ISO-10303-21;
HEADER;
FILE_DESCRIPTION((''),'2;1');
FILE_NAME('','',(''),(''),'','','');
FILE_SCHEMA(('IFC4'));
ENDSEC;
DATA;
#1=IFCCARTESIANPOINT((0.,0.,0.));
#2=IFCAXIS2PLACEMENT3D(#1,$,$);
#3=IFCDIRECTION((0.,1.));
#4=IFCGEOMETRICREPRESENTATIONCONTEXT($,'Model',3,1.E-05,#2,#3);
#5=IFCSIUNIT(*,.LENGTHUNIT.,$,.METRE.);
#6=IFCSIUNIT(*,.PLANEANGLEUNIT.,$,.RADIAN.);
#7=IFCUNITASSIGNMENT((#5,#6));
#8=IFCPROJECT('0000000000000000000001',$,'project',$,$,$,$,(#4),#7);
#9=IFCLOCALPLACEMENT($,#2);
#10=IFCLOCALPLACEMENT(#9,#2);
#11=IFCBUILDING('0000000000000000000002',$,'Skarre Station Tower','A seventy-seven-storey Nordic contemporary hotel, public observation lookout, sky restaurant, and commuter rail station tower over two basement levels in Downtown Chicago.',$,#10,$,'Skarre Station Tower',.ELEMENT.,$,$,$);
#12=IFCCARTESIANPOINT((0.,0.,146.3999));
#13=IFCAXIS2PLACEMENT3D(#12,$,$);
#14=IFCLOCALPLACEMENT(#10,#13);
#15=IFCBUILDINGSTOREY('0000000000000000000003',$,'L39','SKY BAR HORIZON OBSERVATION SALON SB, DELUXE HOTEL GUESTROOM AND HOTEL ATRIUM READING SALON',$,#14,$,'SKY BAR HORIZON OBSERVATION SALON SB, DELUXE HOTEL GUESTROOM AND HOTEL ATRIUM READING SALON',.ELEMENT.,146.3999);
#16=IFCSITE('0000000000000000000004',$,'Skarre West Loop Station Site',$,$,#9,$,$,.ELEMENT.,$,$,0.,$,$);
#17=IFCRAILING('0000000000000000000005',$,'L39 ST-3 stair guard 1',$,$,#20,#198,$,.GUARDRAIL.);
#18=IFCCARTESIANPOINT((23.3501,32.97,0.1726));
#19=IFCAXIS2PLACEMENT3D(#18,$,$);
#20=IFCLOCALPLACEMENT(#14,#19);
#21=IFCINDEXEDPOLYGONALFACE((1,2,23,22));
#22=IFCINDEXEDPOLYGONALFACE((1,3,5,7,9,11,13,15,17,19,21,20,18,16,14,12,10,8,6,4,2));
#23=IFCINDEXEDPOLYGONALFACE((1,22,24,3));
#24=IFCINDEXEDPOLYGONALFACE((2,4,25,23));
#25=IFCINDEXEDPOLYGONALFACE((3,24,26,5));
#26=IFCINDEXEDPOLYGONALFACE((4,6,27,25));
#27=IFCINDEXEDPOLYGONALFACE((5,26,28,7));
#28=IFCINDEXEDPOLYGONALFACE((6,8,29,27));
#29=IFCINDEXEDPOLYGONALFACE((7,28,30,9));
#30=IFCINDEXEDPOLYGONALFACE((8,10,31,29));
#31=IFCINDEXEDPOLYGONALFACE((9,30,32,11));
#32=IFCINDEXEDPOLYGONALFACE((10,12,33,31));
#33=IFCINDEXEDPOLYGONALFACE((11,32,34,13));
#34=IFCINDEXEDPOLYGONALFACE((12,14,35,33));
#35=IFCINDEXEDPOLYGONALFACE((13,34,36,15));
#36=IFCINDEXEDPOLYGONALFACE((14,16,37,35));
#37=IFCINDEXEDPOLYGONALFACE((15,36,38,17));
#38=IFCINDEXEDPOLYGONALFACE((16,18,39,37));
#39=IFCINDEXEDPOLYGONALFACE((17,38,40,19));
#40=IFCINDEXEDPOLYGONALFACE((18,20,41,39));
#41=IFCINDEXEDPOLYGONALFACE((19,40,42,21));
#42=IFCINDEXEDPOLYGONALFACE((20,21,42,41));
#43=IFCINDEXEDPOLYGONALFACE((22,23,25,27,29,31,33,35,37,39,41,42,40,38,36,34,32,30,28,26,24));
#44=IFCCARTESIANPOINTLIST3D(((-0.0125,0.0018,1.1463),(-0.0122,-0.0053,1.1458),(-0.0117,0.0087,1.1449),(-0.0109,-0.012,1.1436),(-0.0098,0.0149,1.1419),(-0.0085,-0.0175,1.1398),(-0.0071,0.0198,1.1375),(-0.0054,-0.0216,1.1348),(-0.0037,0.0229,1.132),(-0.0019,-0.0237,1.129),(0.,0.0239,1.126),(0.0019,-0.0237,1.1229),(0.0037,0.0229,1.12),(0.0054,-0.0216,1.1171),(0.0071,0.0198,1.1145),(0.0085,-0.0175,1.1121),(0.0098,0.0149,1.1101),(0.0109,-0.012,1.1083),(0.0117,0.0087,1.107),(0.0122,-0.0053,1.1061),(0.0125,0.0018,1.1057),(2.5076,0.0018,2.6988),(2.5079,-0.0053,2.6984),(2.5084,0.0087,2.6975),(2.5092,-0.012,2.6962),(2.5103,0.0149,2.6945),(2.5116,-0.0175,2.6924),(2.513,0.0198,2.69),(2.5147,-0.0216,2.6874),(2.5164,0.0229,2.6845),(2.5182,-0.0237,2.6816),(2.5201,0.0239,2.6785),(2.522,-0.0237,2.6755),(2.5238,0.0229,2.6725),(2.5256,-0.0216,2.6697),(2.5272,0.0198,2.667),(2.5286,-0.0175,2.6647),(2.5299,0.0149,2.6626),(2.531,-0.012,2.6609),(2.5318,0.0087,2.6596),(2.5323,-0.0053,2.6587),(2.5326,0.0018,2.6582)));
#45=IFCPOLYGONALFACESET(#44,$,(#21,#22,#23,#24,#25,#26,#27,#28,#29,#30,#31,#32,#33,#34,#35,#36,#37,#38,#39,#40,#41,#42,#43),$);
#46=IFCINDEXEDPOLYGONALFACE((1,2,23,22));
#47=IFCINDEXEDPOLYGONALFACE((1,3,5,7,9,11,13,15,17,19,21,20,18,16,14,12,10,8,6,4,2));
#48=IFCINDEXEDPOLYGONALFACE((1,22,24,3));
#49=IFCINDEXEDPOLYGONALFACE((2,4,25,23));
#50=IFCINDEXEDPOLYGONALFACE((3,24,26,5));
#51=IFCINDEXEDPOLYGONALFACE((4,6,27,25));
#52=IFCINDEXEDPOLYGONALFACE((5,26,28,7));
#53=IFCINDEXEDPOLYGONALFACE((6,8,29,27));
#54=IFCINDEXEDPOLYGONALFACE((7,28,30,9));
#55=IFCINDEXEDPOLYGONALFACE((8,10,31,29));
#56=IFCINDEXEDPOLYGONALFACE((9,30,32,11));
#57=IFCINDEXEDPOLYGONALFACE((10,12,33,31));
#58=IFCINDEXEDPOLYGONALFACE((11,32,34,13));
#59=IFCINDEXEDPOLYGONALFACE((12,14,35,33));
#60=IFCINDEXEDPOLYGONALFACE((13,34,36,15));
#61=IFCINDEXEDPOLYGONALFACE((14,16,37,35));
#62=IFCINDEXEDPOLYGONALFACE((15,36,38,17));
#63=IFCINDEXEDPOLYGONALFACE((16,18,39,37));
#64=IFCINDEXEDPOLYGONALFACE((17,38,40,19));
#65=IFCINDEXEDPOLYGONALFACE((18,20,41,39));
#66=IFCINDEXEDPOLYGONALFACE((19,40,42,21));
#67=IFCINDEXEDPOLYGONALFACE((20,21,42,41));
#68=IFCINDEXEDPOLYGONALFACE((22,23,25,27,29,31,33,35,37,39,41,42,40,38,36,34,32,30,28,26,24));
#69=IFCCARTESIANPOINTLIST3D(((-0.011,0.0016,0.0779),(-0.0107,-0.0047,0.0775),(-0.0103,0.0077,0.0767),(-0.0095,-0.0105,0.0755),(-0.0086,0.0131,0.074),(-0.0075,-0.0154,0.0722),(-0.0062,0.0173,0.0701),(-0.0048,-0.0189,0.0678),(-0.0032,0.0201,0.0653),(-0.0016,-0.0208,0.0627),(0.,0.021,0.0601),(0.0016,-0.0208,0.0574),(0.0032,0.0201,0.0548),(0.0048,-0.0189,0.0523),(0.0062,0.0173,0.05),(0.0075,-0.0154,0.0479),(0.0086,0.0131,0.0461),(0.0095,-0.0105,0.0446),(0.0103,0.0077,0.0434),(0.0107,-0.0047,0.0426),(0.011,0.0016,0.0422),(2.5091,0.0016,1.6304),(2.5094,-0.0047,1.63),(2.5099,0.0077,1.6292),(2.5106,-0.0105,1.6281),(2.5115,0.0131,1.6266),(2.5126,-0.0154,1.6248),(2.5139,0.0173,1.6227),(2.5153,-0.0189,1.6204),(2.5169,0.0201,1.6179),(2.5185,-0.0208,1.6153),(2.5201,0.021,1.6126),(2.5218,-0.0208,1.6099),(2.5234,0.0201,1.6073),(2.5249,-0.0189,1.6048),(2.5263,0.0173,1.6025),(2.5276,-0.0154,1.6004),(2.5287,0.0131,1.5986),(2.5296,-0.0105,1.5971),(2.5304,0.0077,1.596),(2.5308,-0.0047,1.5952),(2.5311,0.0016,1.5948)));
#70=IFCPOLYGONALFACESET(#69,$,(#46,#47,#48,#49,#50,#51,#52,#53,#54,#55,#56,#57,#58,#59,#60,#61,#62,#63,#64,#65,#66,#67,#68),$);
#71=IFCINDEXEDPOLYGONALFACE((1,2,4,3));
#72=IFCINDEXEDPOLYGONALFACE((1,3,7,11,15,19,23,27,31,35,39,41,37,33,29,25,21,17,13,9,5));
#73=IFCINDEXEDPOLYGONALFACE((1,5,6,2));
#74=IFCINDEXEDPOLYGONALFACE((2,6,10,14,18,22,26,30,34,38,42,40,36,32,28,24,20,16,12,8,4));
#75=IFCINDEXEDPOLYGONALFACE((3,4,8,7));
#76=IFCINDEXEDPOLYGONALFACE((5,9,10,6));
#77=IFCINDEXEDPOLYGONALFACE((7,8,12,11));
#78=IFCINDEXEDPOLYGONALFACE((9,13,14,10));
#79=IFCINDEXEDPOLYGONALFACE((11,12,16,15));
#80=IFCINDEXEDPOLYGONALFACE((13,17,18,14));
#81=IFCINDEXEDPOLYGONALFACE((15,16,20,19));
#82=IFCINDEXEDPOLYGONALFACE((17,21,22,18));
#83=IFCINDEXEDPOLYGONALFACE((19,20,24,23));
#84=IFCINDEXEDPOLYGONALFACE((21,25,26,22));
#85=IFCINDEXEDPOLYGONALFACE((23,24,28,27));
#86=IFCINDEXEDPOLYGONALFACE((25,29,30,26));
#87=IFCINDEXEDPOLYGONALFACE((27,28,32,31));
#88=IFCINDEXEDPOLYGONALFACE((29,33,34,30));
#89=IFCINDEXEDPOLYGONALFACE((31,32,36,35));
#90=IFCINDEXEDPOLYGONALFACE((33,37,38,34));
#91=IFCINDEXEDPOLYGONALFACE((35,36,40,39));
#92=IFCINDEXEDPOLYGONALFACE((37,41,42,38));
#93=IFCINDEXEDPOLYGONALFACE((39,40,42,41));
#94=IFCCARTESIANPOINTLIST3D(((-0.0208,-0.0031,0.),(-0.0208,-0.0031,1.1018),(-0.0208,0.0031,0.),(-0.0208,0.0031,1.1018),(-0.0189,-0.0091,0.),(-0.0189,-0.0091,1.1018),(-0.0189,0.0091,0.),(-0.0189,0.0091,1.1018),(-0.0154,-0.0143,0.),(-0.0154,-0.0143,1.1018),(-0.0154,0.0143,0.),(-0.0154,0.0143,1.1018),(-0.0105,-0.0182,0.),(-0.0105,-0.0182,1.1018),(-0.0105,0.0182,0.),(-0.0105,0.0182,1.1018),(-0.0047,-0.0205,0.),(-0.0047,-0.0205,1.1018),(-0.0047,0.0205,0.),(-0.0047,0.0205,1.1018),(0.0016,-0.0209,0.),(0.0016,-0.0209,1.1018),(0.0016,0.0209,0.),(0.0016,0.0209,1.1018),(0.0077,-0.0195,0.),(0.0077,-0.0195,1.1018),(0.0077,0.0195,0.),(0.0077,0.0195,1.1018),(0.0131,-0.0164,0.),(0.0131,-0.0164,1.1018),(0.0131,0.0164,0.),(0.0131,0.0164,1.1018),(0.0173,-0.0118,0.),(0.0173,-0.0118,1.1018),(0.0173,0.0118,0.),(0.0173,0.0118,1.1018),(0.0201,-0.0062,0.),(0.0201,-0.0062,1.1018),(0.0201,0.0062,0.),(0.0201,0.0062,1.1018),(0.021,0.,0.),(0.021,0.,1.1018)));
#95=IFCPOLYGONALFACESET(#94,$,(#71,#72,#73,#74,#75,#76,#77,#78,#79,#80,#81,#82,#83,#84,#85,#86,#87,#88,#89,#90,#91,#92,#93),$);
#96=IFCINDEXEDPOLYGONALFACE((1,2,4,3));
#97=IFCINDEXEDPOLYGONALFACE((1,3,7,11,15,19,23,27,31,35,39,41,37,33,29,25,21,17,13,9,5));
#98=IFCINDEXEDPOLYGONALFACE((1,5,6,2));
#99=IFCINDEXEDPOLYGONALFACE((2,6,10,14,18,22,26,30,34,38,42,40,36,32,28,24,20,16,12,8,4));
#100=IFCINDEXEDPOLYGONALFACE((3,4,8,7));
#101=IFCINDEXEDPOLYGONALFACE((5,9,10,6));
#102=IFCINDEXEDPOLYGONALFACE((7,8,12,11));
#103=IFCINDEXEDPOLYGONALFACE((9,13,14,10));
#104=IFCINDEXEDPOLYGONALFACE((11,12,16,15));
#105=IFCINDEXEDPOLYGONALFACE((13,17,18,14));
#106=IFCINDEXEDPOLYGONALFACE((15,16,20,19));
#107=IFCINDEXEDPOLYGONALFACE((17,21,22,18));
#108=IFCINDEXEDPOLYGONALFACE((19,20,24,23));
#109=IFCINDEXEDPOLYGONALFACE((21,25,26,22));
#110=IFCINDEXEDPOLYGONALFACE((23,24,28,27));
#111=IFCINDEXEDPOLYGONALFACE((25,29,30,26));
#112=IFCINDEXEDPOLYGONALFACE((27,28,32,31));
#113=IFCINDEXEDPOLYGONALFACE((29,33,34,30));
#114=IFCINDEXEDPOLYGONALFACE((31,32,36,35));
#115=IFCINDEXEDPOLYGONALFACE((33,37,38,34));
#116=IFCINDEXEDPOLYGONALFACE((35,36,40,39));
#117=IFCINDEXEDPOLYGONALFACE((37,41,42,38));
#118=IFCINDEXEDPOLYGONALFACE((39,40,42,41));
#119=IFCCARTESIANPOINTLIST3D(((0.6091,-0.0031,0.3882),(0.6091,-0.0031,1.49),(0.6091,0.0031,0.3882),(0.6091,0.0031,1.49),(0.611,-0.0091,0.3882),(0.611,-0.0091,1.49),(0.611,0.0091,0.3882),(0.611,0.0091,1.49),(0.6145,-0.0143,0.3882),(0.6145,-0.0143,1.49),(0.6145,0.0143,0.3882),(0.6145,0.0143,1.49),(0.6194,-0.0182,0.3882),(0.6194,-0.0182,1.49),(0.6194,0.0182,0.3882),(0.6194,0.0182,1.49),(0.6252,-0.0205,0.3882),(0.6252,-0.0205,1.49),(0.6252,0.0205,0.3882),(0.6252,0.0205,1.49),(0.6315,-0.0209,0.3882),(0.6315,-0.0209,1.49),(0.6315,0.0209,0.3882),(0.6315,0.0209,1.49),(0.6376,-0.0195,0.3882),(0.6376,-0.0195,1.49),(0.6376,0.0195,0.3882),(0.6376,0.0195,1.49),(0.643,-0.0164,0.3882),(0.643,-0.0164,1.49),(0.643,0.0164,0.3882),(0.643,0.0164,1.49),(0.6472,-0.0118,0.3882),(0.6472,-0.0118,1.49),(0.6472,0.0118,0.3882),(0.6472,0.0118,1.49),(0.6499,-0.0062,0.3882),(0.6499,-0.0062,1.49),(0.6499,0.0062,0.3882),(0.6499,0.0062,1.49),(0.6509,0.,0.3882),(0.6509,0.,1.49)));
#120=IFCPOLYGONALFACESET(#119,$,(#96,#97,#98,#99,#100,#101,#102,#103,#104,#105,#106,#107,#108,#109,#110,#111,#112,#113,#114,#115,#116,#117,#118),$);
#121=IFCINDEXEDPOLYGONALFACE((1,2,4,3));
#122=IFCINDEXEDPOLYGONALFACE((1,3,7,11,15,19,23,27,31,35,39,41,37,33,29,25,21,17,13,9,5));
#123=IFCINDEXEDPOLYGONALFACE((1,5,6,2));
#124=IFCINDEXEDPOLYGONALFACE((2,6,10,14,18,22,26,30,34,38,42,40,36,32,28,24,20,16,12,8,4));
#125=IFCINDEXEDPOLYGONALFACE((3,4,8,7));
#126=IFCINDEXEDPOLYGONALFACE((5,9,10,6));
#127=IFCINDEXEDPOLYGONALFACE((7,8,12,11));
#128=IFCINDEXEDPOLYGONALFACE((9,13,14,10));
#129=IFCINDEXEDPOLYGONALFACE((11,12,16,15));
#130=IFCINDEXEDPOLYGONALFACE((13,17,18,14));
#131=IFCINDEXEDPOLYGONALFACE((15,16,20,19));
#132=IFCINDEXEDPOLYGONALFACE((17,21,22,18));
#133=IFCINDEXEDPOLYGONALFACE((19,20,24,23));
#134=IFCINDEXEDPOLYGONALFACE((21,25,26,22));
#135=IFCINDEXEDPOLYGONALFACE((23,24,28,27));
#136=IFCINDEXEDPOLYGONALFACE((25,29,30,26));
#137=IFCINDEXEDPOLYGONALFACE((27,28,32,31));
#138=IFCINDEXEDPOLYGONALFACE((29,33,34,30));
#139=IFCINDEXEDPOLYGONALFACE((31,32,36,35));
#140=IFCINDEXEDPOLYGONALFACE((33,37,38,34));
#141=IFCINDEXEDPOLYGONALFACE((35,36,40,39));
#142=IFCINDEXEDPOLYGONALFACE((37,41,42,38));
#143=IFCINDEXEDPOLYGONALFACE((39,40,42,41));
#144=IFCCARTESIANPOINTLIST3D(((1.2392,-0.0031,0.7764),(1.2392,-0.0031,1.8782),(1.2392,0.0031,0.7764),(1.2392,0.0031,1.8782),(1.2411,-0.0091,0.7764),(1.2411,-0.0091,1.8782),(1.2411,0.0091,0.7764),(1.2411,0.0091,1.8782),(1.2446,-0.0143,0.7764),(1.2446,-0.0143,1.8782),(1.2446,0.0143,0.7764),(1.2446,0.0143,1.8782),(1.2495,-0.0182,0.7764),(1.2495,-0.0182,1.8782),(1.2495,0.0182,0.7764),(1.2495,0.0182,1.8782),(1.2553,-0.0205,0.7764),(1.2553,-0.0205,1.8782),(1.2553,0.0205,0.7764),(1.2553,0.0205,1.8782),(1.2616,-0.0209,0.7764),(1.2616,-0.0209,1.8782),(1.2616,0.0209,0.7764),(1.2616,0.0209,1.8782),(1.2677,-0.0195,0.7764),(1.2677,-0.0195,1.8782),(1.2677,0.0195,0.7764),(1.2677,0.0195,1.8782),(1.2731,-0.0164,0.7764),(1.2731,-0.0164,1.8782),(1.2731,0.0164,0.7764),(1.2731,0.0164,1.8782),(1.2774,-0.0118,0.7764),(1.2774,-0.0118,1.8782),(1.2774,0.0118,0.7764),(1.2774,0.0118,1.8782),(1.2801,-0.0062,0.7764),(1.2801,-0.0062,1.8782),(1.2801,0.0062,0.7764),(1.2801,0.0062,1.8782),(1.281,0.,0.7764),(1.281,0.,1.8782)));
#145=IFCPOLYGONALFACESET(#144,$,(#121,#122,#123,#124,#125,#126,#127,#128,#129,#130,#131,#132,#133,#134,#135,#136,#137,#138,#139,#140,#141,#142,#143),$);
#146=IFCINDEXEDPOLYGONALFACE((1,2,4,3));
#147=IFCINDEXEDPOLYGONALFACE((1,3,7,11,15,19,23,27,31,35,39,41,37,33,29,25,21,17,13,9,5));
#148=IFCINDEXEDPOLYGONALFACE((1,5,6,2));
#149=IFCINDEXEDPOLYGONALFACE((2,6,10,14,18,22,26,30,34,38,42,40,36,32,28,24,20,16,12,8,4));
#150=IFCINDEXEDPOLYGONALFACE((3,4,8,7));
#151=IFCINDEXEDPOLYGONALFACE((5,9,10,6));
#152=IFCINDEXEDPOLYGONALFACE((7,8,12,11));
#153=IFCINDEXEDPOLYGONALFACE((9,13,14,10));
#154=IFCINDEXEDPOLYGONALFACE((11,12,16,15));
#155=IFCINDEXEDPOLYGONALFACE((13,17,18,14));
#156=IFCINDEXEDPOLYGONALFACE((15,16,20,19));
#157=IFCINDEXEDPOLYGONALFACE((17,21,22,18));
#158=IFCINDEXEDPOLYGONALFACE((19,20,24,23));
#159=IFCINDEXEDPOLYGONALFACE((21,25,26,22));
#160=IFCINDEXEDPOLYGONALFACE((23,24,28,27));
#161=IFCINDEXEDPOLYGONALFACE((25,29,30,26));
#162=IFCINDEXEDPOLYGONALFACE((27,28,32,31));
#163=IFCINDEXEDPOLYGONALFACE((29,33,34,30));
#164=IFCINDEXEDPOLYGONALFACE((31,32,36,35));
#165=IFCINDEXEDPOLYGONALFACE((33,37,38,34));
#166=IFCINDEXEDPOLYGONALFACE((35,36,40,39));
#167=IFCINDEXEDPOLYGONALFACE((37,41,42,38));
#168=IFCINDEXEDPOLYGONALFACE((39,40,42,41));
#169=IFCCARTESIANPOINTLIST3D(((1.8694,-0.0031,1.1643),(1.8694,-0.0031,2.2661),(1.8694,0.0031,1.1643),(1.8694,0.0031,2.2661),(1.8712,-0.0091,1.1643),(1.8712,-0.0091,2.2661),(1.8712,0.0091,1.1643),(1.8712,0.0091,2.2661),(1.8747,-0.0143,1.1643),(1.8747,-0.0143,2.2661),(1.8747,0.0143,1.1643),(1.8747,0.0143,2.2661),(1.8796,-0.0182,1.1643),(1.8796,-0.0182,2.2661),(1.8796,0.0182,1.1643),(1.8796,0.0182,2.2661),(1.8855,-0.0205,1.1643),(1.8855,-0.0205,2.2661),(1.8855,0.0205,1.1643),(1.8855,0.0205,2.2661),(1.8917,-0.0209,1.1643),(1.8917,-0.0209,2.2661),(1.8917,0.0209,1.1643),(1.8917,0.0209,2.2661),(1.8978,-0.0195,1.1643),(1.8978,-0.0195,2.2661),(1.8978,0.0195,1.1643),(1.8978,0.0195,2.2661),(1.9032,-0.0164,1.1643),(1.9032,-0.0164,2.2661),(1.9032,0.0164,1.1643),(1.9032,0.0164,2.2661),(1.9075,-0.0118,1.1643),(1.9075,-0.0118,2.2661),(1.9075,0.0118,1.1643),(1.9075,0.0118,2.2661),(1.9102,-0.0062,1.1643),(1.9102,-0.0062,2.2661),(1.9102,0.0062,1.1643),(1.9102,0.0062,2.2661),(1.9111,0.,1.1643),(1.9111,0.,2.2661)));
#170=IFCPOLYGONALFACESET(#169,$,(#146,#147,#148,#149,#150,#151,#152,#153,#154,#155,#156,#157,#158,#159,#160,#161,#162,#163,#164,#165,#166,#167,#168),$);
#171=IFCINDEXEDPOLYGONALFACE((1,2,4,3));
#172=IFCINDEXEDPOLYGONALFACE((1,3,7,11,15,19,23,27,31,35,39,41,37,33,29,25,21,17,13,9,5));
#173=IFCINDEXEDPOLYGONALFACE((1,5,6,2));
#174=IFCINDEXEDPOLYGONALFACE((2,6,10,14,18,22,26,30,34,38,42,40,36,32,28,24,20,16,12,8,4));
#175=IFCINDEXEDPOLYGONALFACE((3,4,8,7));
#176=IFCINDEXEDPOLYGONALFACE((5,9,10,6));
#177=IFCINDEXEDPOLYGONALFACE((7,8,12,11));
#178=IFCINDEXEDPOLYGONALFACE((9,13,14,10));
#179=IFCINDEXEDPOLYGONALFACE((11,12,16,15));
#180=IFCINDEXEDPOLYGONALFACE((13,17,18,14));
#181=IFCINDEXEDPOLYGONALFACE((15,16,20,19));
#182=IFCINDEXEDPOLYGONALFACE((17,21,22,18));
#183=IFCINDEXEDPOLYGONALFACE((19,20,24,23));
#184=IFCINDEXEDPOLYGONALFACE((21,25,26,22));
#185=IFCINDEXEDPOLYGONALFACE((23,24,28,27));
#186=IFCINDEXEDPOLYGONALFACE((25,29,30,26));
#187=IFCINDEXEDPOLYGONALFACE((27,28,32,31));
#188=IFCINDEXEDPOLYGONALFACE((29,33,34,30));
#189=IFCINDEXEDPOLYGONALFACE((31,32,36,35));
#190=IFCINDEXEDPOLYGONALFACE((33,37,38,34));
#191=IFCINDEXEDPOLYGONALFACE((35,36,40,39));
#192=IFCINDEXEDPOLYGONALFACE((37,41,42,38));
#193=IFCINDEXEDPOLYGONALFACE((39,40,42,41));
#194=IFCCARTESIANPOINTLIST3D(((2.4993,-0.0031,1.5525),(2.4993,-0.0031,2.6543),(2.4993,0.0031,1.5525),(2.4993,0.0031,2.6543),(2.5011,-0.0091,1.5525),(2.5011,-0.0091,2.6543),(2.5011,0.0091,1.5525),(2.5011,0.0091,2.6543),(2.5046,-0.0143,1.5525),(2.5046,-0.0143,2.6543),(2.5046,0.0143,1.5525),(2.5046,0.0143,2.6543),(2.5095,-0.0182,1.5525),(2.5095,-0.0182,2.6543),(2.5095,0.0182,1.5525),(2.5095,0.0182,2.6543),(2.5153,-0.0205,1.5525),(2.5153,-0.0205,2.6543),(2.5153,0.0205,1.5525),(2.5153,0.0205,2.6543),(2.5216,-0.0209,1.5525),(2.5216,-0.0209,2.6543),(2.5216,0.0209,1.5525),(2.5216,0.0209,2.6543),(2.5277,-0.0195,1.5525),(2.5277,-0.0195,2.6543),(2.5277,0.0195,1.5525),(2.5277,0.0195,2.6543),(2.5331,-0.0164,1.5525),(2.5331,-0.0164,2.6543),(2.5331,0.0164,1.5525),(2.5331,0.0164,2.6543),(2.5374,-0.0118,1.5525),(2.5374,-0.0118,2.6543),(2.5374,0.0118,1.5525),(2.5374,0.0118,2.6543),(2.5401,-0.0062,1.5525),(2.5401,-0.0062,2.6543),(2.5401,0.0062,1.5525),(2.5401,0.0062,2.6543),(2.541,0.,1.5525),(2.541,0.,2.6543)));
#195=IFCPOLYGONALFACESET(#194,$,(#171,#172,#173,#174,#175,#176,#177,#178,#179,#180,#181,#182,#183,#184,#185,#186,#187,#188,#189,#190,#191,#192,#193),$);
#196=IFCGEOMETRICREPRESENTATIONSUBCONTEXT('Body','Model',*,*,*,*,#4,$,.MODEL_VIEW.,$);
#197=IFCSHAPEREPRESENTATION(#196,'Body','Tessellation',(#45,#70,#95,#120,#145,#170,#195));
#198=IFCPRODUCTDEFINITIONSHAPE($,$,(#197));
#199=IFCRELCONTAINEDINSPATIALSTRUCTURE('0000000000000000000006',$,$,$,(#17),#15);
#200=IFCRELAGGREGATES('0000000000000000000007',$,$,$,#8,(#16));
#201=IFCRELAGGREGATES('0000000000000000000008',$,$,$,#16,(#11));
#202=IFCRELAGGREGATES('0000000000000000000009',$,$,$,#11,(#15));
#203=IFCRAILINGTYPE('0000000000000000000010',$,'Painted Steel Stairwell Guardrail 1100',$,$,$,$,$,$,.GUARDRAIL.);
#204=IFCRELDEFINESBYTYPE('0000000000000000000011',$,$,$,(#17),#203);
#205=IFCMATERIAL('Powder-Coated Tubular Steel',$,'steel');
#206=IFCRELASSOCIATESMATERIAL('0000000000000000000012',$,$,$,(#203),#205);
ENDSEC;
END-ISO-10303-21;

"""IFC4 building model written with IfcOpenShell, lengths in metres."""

from ifc_helpers import new_model, si_unit, direction, frame, origin, origin_2d, place, context, subcontext, project, spatial, circle, extrude, material, type_object, element, save


model = new_model("IFC4")

# Units and contexts
model_context = context("Model", 3, precision=1e-05, world=origin(), true_north=direction((0.0, 1.0)))
body_context = subcontext(model_context, "Body", "Model", "MODEL_VIEW")
ifc_project = project(units=[si_unit("LENGTHUNIT", "METRE"), si_unit("PLANEANGLEUNIT", "RADIAN")], contexts=[model_context])

# Site, building, storey
site_placement = place(None, origin())
site = spatial("IfcSite", under=ifc_project, at=site_placement, Name="Skarre West Loop Station Site", CompositionType="ELEMENT", RefElevation=0.0)
building_placement = place(site_placement, origin())
building = spatial("IfcBuilding", under=site, at=building_placement, Name="Skarre Station Tower", Description="A seventy-seven-storey Nordic contemporary hotel, public observation lookout, sky restaurant, and commuter rail station tower over two basement levels in Downtown Chicago.", LongName="Skarre Station Tower", CompositionType="ELEMENT")
storey_placement = place(building_placement, frame((0.0, 0.0, 146.3999)))
storey = spatial("IfcBuildingStorey", under=building, at=storey_placement, Name="L39", Description="SKY BAR HORIZON OBSERVATION SALON SB, DELUXE HOTEL GUESTROOM AND HOTEL ATRIUM READING SALON", LongName="SKY BAR HORIZON OBSERVATION SALON SB, DELUXE HOTEL GUESTROOM AND HOTEL ATRIUM READING SALON", CompositionType="ELEMENT", Elevation=146.3999)

# Railing
ifc_material_1 = material(Name="Powder-Coated Tubular Steel", Category="steel")
railing_type_1 = type_object("IfcRailingType", Name="Painted Steel Stairwell Guardrail 1100", PredefinedType="GUARDRAIL", material=ifc_material_1)
railing_1_placement = place(storey_placement, frame((23.3501, 32.97, 0.1726)))
element("IfcRailing", 1, at=railing_1_placement, inside=storey, type_object=railing_type_1, Name="L39 ST-3 stair guard 1", PredefinedType="GUARDRAIL", context=body_context, shape_type="SweptSolid", body=[
    extrude(circle(Radius=0.0239, at=origin_2d()), frame((0.0, 0.0, 1.126), z_axis=(0.8514, 0.0, 0.524516), x_axis=(0.0, 1.0, 0.0)), (0.0, 0.0, 1.0), 2.96),
    extrude(circle(Radius=0.021, at=origin_2d()), frame((0.0, 0.0, 0.0601), z_axis=(0.8514, 0.0, 0.524516), x_axis=(0.0, 1.0, 0.0)), (0.0, 0.0, 1.0), 2.96),
    extrude(circle(Radius=0.021, at=origin_2d()), origin(), (0.0, 0.0, 1.0), 1.1018),
    extrude(circle(Radius=0.021, at=origin_2d()), frame((0.6299, 0.0, 0.3882)), (0.0, 0.0, 1.0), 1.1018),
    extrude(circle(Radius=0.021, at=origin_2d()), frame((1.26, 0.0, 0.7764)), (0.0, 0.0, 1.0), 1.1018),
    extrude(circle(Radius=0.021, at=origin_2d()), frame((1.8901, 0.0, 1.1643)), (0.0, 0.0, 1.0), 1.1018),
    extrude(circle(Radius=0.021, at=origin_2d()), frame((2.52, 0.0, 1.5525)), (0.0, 0.0, 1.0), 1.1018),
])

save(model, "model.ifc")
